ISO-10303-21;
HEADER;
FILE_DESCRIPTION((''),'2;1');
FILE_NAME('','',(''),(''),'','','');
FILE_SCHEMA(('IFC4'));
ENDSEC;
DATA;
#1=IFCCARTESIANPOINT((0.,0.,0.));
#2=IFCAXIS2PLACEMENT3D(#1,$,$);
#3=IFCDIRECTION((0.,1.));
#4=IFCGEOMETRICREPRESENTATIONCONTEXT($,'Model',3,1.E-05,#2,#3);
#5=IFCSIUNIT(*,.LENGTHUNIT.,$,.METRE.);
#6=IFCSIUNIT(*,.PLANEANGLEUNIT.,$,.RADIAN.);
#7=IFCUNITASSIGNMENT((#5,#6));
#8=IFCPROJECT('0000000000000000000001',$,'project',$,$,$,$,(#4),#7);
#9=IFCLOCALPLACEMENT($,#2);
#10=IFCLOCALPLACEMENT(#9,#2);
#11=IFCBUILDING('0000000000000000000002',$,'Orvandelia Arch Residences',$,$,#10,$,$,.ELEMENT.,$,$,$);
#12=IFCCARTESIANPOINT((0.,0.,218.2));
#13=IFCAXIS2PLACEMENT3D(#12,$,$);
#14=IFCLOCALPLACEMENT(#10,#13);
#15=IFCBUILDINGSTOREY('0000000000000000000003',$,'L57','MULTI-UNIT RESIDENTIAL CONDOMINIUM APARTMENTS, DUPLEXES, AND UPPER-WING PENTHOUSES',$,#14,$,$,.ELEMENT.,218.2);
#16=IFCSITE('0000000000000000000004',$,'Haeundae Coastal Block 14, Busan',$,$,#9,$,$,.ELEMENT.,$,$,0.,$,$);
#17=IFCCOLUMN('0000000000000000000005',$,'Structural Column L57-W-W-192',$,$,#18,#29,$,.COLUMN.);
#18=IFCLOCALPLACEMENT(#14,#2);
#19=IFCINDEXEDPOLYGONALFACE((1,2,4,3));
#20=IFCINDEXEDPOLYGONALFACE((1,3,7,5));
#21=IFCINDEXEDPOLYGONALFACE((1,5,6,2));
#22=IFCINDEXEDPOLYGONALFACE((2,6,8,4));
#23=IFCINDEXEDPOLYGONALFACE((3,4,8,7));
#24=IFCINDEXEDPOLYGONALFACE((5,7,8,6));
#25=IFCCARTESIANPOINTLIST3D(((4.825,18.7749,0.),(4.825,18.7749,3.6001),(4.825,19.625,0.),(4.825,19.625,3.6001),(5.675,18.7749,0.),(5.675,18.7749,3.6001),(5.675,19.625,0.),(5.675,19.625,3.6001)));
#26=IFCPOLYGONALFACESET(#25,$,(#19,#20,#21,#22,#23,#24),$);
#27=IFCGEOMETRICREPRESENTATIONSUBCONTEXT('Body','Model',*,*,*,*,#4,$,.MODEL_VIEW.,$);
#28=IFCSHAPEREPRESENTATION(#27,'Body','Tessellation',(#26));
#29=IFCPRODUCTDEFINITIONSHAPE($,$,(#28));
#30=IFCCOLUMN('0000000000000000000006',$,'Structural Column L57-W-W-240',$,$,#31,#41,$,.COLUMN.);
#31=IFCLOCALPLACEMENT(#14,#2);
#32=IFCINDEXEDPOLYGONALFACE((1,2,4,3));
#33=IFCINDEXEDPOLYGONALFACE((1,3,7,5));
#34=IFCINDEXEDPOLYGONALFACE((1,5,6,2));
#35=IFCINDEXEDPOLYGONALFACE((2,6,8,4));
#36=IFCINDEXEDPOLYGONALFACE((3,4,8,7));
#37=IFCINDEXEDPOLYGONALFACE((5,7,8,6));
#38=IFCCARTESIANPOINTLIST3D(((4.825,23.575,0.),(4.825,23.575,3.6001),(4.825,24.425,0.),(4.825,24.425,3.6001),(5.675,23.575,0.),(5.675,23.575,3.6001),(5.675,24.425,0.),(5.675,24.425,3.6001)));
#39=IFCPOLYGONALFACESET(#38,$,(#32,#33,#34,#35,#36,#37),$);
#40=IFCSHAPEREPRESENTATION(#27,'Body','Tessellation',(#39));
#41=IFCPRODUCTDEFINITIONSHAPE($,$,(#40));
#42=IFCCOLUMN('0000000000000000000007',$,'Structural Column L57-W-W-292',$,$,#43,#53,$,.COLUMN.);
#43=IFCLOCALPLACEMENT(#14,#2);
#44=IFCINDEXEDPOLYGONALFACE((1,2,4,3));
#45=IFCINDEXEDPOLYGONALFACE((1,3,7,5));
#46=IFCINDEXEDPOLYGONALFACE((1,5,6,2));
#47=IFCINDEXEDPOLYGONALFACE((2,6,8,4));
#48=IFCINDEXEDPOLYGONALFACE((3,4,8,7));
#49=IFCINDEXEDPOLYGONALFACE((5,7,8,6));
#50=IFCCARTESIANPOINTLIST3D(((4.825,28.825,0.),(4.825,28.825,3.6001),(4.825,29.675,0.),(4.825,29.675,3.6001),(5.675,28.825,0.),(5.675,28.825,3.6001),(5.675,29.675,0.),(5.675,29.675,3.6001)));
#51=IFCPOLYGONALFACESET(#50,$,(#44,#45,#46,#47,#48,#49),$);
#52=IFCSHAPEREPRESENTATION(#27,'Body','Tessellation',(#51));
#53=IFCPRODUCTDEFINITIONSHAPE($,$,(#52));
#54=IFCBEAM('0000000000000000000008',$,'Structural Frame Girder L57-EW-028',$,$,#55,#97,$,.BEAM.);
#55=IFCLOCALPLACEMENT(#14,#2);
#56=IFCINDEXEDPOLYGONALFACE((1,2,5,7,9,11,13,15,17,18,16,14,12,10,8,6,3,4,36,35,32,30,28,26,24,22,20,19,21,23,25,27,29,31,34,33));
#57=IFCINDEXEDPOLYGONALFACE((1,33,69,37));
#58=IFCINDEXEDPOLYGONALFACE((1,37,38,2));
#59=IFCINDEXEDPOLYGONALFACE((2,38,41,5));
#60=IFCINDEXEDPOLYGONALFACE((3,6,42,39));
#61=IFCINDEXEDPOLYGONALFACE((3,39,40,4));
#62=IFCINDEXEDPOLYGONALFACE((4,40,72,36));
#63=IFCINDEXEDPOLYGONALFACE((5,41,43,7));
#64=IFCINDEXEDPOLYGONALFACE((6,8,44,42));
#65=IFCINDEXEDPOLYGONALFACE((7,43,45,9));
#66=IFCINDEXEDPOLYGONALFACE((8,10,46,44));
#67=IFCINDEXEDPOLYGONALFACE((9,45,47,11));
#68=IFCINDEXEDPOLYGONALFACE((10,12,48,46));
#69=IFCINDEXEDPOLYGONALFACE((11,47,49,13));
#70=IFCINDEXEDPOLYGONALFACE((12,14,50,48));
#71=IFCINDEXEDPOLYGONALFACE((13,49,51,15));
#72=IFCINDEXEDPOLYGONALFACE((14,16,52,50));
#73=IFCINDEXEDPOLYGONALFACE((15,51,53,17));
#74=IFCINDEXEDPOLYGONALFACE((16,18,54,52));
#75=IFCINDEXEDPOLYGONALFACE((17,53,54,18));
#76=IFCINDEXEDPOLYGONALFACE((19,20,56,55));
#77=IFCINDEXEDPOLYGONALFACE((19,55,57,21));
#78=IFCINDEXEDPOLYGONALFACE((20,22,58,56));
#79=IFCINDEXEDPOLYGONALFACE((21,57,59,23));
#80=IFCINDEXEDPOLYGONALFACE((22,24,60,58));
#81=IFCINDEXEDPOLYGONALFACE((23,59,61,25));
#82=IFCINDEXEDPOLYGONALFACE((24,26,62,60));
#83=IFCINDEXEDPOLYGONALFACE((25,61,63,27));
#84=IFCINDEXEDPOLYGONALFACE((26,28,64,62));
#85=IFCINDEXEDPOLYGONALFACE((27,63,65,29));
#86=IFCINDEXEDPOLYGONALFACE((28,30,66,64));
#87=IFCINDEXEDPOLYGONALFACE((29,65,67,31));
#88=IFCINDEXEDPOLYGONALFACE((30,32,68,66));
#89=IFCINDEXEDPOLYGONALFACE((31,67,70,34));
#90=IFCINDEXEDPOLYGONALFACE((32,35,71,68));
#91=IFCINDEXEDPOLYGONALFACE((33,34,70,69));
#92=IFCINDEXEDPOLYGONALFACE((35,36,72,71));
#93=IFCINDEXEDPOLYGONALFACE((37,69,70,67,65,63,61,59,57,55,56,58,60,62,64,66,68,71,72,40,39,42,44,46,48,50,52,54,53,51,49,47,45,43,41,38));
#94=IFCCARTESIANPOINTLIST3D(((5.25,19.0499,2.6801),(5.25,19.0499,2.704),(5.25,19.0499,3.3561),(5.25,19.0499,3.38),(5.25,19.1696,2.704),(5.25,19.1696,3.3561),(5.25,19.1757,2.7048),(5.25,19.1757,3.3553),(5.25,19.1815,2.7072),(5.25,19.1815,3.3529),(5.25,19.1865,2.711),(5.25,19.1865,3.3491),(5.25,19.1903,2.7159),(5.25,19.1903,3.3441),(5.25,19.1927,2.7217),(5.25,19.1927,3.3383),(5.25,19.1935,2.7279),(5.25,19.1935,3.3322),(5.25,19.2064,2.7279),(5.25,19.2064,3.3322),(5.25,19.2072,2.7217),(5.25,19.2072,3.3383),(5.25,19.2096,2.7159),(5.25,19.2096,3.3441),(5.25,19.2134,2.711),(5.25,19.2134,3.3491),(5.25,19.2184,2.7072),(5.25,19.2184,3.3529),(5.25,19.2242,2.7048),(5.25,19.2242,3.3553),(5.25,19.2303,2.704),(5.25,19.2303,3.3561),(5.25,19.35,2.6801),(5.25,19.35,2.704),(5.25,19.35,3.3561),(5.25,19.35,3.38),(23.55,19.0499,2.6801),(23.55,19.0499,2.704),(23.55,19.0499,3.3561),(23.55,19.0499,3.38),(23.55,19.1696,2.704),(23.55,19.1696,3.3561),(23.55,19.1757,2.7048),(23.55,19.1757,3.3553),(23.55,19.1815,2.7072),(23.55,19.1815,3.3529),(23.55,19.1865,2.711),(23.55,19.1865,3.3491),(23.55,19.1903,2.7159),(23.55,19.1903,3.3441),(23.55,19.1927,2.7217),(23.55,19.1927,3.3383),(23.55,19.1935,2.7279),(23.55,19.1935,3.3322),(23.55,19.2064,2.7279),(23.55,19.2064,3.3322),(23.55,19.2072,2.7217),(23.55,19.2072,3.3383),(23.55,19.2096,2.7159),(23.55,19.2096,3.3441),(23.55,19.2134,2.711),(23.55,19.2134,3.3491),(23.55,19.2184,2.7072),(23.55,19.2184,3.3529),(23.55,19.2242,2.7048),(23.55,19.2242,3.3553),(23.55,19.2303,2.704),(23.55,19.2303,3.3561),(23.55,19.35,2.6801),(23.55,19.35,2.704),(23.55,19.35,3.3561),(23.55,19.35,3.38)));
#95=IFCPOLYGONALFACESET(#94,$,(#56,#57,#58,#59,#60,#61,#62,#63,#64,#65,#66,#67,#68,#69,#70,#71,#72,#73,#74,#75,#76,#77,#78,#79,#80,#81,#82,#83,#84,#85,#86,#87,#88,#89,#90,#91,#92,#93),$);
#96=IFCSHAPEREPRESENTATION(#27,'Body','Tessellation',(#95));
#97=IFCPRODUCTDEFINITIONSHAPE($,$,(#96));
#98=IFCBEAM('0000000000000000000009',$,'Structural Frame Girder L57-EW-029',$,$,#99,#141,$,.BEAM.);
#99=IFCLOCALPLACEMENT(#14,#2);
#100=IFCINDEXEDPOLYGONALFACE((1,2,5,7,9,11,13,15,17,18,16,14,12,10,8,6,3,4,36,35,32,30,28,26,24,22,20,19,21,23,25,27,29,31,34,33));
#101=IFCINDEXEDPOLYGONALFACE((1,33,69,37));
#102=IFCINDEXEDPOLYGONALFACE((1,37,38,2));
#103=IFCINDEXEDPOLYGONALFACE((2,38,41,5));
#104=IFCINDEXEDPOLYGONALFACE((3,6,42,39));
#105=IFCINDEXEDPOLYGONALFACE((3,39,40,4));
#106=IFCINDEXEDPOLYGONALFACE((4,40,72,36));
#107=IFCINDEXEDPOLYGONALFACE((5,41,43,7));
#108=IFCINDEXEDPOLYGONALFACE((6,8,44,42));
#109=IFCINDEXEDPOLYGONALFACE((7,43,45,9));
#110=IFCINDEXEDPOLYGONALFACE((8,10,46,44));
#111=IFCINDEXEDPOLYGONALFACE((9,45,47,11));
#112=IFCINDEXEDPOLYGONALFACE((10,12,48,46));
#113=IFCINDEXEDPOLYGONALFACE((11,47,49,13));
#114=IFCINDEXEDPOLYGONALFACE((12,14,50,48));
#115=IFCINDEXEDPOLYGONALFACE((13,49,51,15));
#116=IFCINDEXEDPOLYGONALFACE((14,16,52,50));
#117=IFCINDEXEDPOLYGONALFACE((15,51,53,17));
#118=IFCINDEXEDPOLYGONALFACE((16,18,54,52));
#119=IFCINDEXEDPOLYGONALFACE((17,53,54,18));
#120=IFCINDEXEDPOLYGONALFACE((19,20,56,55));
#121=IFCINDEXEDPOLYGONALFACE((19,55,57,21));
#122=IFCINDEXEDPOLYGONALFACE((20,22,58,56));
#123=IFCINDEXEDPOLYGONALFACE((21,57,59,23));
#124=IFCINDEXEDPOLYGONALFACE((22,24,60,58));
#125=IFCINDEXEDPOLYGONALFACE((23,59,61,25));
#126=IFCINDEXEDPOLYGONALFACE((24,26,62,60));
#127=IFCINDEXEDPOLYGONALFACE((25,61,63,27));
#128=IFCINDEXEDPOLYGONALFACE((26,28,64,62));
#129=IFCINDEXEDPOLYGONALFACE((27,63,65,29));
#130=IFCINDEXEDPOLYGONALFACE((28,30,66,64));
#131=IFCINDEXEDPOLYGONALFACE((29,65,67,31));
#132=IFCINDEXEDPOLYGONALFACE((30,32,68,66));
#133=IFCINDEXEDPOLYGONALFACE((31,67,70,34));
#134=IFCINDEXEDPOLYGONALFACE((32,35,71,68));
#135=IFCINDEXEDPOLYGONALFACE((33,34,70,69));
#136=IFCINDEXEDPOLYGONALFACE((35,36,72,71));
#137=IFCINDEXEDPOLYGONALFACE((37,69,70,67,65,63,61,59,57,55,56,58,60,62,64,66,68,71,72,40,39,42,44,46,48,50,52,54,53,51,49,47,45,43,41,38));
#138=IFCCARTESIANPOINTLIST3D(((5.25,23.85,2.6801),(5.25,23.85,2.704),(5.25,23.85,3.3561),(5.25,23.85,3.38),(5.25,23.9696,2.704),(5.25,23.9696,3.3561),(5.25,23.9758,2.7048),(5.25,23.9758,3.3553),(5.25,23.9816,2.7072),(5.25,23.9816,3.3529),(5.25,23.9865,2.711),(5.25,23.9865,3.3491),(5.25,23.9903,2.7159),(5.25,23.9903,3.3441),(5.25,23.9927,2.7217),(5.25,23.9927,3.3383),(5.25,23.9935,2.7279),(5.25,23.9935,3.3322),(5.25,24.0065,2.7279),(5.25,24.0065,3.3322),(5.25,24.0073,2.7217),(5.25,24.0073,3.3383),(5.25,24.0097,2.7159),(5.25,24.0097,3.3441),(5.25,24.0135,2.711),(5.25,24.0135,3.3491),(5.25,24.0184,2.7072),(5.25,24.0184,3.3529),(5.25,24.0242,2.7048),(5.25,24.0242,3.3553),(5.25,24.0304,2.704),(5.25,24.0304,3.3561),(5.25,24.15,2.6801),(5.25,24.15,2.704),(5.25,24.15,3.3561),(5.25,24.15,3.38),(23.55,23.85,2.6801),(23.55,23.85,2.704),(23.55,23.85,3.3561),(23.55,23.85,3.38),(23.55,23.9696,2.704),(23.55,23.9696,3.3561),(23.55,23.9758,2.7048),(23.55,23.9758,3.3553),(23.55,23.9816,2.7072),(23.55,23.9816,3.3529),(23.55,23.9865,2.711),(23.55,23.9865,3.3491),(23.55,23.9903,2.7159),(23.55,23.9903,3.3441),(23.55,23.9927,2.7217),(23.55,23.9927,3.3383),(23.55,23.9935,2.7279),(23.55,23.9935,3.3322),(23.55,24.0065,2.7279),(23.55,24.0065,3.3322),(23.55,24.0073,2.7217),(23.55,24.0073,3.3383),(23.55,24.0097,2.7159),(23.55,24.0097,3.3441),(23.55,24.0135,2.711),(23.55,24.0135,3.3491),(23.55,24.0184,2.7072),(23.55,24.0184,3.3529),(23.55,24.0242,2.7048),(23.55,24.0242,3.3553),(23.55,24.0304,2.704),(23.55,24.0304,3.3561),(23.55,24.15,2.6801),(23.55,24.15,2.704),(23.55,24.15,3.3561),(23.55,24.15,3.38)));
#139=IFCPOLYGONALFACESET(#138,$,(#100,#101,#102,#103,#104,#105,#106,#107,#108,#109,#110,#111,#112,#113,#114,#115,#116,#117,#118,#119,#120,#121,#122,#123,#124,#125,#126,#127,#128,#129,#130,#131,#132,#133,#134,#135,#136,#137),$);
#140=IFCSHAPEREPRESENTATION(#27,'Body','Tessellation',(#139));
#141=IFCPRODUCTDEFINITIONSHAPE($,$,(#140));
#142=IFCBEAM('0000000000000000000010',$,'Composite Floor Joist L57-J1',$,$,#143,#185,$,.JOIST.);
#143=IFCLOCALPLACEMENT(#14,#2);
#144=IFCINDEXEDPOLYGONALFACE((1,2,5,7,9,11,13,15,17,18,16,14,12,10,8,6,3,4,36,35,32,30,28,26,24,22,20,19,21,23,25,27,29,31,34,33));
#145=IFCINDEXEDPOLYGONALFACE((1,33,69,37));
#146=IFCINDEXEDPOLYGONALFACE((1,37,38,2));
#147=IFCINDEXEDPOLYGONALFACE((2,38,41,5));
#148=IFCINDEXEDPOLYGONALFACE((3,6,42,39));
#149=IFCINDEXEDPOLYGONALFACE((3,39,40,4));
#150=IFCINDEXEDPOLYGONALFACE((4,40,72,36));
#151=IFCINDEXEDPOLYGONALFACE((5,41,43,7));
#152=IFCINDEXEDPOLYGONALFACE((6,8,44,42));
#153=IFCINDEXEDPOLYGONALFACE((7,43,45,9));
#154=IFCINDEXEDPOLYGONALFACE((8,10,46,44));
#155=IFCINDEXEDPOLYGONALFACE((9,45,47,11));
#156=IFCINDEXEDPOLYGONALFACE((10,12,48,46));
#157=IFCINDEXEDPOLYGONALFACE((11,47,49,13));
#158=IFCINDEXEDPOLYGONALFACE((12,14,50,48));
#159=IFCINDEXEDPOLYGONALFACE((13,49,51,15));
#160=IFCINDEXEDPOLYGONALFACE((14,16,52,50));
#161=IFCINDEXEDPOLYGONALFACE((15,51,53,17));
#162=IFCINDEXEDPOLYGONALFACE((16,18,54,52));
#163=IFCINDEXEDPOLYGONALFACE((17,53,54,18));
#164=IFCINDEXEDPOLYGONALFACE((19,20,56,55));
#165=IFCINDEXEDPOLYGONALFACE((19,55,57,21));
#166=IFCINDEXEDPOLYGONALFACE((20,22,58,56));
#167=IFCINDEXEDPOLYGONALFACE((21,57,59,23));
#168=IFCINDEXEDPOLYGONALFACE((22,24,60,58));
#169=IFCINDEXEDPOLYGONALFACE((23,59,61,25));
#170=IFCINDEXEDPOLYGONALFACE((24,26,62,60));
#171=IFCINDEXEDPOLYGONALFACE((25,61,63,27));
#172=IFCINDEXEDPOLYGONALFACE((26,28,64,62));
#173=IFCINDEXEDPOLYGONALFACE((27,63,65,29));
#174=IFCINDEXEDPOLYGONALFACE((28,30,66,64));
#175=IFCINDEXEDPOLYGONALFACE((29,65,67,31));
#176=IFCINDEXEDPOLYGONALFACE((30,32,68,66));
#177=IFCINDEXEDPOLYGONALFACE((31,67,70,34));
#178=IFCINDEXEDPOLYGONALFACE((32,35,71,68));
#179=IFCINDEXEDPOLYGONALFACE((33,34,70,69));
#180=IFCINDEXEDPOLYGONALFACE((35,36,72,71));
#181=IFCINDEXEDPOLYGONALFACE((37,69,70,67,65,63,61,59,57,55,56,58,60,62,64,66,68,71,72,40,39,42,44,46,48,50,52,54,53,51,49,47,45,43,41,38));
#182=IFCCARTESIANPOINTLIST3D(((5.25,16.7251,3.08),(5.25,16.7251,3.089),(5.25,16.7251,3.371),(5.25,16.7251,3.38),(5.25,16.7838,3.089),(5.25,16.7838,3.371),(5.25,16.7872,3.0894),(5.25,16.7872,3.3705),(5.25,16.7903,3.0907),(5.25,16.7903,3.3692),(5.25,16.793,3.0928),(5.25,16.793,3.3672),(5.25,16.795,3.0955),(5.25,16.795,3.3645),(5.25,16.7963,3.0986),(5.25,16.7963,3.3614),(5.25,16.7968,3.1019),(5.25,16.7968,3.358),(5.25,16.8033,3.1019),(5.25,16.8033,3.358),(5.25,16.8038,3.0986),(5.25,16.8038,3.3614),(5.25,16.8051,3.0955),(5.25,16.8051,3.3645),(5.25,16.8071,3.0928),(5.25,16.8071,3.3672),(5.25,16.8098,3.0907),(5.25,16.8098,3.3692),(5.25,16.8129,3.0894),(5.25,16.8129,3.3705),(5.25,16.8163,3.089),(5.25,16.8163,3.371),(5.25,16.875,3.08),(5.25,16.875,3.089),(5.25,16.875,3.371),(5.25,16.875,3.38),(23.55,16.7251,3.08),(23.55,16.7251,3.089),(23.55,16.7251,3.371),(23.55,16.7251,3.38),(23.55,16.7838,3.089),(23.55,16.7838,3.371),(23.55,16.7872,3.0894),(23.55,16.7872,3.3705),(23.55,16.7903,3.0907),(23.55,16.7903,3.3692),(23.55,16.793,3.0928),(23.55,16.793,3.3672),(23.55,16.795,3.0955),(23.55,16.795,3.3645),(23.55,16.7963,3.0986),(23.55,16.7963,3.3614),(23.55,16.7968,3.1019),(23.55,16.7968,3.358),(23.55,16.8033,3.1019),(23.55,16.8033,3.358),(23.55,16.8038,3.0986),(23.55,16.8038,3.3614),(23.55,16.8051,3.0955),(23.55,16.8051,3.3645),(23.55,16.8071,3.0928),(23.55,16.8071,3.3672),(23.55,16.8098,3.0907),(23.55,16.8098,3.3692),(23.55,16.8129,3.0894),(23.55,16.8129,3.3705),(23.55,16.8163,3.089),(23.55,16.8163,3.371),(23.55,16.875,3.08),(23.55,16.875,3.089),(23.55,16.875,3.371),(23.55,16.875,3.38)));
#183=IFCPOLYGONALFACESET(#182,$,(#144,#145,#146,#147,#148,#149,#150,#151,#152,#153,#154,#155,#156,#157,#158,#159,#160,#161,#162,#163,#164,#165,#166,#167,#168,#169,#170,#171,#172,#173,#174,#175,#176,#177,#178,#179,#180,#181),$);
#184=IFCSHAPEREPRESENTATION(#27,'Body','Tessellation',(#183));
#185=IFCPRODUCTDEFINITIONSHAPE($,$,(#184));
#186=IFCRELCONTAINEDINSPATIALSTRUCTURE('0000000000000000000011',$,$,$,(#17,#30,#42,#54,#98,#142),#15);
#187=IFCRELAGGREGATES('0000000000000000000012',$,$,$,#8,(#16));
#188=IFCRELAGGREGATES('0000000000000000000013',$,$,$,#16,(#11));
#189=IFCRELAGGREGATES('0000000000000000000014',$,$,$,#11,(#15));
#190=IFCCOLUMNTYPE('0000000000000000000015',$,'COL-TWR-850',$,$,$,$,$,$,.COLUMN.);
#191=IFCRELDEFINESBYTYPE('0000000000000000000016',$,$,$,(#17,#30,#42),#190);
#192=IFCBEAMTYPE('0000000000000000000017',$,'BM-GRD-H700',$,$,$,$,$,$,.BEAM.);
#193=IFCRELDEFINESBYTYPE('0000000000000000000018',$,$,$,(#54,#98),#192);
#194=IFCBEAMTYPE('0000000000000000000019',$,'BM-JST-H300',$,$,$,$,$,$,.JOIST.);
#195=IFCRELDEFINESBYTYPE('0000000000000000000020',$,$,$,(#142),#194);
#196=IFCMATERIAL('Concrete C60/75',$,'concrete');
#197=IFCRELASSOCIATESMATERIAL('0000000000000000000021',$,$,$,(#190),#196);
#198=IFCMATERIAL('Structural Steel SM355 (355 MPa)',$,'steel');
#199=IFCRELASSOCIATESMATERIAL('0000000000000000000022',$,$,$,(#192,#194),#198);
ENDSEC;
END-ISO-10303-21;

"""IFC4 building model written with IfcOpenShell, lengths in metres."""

from ifc_helpers import new_model, si_unit, direction, frame, origin, origin_2d, place, context, subcontext, project, spatial, rectangle, i_section, extrude, material, material_profile, profile_set, type_object, element, save


model = new_model("IFC4")

# Units and contexts
model_context = context("Model", 3, precision=1e-05, world=origin(), true_north=direction((0.0, 1.0)))
body_context = subcontext(model_context, "Body", "Model", "MODEL_VIEW")
ifc_project = project(units=[si_unit("LENGTHUNIT", "METRE"), si_unit("PLANEANGLEUNIT", "RADIAN")], contexts=[model_context])

# Site, building, storey
site_placement = place(None, origin())
site = spatial("IfcSite", under=ifc_project, at=site_placement, Name="Haeundae Coastal Block 14, Busan", CompositionType="ELEMENT", RefElevation=0.0)
building_placement = place(site_placement, origin())
building = spatial("IfcBuilding", under=site, at=building_placement, Name="Orvandelia Arch Residences", CompositionType="ELEMENT")
storey_placement = place(building_placement, frame((0.0, 0.0, 218.2)))
storey = spatial("IfcBuildingStorey", under=building, at=storey_placement, Name="L57", Description="MULTI-UNIT RESIDENTIAL CONDOMINIUM APARTMENTS, DUPLEXES, AND UPPER-WING PENTHOUSES", CompositionType="ELEMENT", Elevation=218.2)

# Columns
ifc_material_1 = material(Name="Concrete C60/75", Category="concrete")
ifc_material_profile_1 = material_profile(ifc_material_1, rectangle(XDim=0.8501, YDim=0.8501, at=origin_2d()), Name="Concrete C60/75", Category="concrete")
ifc_profile_set_1 = profile_set([ifc_material_profile_1], Name="Concrete C60/75")
column_type = type_object("IfcColumnType", Name="COL-TWR-850", PredefinedType="COLUMN", material=ifc_profile_set_1)
for number, where, z_axis, x_axis, name in (
    (1, (5.25, 19.2, 0.0), (0.0, 0.0, 1.0), (1.0, 0.0, 0.0), "Structural Column L57-W-W-192"),
    (2, (5.25, 24.0, 0.0), (0.0, 0.0, 1.0), (1.0, 0.0, 0.0), "Structural Column L57-W-W-240"),
    (3, (5.25, 29.25, 0.0), (0.0, 0.0, 1.0), (1.0, 0.0, 0.0), "Structural Column L57-W-W-292"),
):
    element("IfcColumn", number, at=place(storey_placement, frame(where, z_axis=z_axis, x_axis=x_axis)), inside=storey, type_object=column_type, Name=name, PredefinedType="COLUMN", context=body_context, shape_type="SweptSolid", body=[
        extrude(rectangle(XDim=0.8501, YDim=0.8501, at=origin_2d()), origin(), (0.0, 0.0, 1.0), 3.6001),
    ])

# Beams
ifc_material_2 = material(Name="Structural Steel SM355 (355 MPa)", Category="steel")
ifc_material_profile_2 = material_profile(ifc_material_2, i_section(OverallWidth=0.3, OverallDepth=0.7, WebThickness=0.0129, FlangeThickness=0.0239, FilletRadius=0.0239, at=origin_2d()), Name="Structural Steel SM355 (355 MPa)", Category="steel")
ifc_profile_set_2 = profile_set([ifc_material_profile_2], Name="Structural Steel SM355 (355 MPa)")
beam_type_1 = type_object("IfcBeamType", Name="BM-GRD-H700", PredefinedType="BEAM", material=ifc_profile_set_2)
for number, where, z_axis, x_axis, name in (
    (4, (5.25, 19.2, 3.03), (1.0, 0.0, 0.0), (0.0, 1.0, 0.0), "Structural Frame Girder L57-EW-028"),
    (5, (5.25, 24.0, 3.03), (1.0, 0.0, 0.0), (0.0, 1.0, 0.0), "Structural Frame Girder L57-EW-029"),
):
    element("IfcBeam", number, at=place(storey_placement, frame(where, z_axis=z_axis, x_axis=x_axis)), inside=storey, type_object=beam_type_1, Name=name, PredefinedType="BEAM", context=body_context, shape_type="SweptSolid", body=[
        extrude(i_section(OverallWidth=0.3, OverallDepth=0.7, WebThickness=0.0129, FlangeThickness=0.0239, FilletRadius=0.0239, at=origin_2d()), origin(), (0.0, 0.0, 1.0), 18.3),
    ])
ifc_material_profile_3 = material_profile(ifc_material_2, i_section(OverallWidth=0.1499, OverallDepth=0.3, WebThickness=0.0066, FlangeThickness=0.009, FilletRadius=0.0129, at=origin_2d()), Name="Structural Steel SM355 (355 MPa)", Category="steel")
ifc_profile_set_3 = profile_set([ifc_material_profile_3], Name="Structural Steel SM355 (355 MPa)")
beam_type_2 = type_object("IfcBeamType", Name="BM-JST-H300", PredefinedType="JOIST", material=ifc_profile_set_3)
for number, where, z_axis, x_axis, name in (
    (6, (5.25, 16.8, 3.23), (1.0, 0.0, 0.0), (0.0, 1.0, 0.0), "Composite Floor Joist L57-J1"),
):
    element("IfcBeam", number, at=place(storey_placement, frame(where, z_axis=z_axis, x_axis=x_axis)), inside=storey, type_object=beam_type_2, Name=name, PredefinedType="JOIST", context=body_context, shape_type="SweptSolid", body=[
        extrude(i_section(OverallWidth=0.1499, OverallDepth=0.3, WebThickness=0.0066, FlangeThickness=0.009, FilletRadius=0.0129, at=origin_2d()), origin(), (0.0, 0.0, 1.0), 18.3),
    ])

save(model, "model.ifc")
